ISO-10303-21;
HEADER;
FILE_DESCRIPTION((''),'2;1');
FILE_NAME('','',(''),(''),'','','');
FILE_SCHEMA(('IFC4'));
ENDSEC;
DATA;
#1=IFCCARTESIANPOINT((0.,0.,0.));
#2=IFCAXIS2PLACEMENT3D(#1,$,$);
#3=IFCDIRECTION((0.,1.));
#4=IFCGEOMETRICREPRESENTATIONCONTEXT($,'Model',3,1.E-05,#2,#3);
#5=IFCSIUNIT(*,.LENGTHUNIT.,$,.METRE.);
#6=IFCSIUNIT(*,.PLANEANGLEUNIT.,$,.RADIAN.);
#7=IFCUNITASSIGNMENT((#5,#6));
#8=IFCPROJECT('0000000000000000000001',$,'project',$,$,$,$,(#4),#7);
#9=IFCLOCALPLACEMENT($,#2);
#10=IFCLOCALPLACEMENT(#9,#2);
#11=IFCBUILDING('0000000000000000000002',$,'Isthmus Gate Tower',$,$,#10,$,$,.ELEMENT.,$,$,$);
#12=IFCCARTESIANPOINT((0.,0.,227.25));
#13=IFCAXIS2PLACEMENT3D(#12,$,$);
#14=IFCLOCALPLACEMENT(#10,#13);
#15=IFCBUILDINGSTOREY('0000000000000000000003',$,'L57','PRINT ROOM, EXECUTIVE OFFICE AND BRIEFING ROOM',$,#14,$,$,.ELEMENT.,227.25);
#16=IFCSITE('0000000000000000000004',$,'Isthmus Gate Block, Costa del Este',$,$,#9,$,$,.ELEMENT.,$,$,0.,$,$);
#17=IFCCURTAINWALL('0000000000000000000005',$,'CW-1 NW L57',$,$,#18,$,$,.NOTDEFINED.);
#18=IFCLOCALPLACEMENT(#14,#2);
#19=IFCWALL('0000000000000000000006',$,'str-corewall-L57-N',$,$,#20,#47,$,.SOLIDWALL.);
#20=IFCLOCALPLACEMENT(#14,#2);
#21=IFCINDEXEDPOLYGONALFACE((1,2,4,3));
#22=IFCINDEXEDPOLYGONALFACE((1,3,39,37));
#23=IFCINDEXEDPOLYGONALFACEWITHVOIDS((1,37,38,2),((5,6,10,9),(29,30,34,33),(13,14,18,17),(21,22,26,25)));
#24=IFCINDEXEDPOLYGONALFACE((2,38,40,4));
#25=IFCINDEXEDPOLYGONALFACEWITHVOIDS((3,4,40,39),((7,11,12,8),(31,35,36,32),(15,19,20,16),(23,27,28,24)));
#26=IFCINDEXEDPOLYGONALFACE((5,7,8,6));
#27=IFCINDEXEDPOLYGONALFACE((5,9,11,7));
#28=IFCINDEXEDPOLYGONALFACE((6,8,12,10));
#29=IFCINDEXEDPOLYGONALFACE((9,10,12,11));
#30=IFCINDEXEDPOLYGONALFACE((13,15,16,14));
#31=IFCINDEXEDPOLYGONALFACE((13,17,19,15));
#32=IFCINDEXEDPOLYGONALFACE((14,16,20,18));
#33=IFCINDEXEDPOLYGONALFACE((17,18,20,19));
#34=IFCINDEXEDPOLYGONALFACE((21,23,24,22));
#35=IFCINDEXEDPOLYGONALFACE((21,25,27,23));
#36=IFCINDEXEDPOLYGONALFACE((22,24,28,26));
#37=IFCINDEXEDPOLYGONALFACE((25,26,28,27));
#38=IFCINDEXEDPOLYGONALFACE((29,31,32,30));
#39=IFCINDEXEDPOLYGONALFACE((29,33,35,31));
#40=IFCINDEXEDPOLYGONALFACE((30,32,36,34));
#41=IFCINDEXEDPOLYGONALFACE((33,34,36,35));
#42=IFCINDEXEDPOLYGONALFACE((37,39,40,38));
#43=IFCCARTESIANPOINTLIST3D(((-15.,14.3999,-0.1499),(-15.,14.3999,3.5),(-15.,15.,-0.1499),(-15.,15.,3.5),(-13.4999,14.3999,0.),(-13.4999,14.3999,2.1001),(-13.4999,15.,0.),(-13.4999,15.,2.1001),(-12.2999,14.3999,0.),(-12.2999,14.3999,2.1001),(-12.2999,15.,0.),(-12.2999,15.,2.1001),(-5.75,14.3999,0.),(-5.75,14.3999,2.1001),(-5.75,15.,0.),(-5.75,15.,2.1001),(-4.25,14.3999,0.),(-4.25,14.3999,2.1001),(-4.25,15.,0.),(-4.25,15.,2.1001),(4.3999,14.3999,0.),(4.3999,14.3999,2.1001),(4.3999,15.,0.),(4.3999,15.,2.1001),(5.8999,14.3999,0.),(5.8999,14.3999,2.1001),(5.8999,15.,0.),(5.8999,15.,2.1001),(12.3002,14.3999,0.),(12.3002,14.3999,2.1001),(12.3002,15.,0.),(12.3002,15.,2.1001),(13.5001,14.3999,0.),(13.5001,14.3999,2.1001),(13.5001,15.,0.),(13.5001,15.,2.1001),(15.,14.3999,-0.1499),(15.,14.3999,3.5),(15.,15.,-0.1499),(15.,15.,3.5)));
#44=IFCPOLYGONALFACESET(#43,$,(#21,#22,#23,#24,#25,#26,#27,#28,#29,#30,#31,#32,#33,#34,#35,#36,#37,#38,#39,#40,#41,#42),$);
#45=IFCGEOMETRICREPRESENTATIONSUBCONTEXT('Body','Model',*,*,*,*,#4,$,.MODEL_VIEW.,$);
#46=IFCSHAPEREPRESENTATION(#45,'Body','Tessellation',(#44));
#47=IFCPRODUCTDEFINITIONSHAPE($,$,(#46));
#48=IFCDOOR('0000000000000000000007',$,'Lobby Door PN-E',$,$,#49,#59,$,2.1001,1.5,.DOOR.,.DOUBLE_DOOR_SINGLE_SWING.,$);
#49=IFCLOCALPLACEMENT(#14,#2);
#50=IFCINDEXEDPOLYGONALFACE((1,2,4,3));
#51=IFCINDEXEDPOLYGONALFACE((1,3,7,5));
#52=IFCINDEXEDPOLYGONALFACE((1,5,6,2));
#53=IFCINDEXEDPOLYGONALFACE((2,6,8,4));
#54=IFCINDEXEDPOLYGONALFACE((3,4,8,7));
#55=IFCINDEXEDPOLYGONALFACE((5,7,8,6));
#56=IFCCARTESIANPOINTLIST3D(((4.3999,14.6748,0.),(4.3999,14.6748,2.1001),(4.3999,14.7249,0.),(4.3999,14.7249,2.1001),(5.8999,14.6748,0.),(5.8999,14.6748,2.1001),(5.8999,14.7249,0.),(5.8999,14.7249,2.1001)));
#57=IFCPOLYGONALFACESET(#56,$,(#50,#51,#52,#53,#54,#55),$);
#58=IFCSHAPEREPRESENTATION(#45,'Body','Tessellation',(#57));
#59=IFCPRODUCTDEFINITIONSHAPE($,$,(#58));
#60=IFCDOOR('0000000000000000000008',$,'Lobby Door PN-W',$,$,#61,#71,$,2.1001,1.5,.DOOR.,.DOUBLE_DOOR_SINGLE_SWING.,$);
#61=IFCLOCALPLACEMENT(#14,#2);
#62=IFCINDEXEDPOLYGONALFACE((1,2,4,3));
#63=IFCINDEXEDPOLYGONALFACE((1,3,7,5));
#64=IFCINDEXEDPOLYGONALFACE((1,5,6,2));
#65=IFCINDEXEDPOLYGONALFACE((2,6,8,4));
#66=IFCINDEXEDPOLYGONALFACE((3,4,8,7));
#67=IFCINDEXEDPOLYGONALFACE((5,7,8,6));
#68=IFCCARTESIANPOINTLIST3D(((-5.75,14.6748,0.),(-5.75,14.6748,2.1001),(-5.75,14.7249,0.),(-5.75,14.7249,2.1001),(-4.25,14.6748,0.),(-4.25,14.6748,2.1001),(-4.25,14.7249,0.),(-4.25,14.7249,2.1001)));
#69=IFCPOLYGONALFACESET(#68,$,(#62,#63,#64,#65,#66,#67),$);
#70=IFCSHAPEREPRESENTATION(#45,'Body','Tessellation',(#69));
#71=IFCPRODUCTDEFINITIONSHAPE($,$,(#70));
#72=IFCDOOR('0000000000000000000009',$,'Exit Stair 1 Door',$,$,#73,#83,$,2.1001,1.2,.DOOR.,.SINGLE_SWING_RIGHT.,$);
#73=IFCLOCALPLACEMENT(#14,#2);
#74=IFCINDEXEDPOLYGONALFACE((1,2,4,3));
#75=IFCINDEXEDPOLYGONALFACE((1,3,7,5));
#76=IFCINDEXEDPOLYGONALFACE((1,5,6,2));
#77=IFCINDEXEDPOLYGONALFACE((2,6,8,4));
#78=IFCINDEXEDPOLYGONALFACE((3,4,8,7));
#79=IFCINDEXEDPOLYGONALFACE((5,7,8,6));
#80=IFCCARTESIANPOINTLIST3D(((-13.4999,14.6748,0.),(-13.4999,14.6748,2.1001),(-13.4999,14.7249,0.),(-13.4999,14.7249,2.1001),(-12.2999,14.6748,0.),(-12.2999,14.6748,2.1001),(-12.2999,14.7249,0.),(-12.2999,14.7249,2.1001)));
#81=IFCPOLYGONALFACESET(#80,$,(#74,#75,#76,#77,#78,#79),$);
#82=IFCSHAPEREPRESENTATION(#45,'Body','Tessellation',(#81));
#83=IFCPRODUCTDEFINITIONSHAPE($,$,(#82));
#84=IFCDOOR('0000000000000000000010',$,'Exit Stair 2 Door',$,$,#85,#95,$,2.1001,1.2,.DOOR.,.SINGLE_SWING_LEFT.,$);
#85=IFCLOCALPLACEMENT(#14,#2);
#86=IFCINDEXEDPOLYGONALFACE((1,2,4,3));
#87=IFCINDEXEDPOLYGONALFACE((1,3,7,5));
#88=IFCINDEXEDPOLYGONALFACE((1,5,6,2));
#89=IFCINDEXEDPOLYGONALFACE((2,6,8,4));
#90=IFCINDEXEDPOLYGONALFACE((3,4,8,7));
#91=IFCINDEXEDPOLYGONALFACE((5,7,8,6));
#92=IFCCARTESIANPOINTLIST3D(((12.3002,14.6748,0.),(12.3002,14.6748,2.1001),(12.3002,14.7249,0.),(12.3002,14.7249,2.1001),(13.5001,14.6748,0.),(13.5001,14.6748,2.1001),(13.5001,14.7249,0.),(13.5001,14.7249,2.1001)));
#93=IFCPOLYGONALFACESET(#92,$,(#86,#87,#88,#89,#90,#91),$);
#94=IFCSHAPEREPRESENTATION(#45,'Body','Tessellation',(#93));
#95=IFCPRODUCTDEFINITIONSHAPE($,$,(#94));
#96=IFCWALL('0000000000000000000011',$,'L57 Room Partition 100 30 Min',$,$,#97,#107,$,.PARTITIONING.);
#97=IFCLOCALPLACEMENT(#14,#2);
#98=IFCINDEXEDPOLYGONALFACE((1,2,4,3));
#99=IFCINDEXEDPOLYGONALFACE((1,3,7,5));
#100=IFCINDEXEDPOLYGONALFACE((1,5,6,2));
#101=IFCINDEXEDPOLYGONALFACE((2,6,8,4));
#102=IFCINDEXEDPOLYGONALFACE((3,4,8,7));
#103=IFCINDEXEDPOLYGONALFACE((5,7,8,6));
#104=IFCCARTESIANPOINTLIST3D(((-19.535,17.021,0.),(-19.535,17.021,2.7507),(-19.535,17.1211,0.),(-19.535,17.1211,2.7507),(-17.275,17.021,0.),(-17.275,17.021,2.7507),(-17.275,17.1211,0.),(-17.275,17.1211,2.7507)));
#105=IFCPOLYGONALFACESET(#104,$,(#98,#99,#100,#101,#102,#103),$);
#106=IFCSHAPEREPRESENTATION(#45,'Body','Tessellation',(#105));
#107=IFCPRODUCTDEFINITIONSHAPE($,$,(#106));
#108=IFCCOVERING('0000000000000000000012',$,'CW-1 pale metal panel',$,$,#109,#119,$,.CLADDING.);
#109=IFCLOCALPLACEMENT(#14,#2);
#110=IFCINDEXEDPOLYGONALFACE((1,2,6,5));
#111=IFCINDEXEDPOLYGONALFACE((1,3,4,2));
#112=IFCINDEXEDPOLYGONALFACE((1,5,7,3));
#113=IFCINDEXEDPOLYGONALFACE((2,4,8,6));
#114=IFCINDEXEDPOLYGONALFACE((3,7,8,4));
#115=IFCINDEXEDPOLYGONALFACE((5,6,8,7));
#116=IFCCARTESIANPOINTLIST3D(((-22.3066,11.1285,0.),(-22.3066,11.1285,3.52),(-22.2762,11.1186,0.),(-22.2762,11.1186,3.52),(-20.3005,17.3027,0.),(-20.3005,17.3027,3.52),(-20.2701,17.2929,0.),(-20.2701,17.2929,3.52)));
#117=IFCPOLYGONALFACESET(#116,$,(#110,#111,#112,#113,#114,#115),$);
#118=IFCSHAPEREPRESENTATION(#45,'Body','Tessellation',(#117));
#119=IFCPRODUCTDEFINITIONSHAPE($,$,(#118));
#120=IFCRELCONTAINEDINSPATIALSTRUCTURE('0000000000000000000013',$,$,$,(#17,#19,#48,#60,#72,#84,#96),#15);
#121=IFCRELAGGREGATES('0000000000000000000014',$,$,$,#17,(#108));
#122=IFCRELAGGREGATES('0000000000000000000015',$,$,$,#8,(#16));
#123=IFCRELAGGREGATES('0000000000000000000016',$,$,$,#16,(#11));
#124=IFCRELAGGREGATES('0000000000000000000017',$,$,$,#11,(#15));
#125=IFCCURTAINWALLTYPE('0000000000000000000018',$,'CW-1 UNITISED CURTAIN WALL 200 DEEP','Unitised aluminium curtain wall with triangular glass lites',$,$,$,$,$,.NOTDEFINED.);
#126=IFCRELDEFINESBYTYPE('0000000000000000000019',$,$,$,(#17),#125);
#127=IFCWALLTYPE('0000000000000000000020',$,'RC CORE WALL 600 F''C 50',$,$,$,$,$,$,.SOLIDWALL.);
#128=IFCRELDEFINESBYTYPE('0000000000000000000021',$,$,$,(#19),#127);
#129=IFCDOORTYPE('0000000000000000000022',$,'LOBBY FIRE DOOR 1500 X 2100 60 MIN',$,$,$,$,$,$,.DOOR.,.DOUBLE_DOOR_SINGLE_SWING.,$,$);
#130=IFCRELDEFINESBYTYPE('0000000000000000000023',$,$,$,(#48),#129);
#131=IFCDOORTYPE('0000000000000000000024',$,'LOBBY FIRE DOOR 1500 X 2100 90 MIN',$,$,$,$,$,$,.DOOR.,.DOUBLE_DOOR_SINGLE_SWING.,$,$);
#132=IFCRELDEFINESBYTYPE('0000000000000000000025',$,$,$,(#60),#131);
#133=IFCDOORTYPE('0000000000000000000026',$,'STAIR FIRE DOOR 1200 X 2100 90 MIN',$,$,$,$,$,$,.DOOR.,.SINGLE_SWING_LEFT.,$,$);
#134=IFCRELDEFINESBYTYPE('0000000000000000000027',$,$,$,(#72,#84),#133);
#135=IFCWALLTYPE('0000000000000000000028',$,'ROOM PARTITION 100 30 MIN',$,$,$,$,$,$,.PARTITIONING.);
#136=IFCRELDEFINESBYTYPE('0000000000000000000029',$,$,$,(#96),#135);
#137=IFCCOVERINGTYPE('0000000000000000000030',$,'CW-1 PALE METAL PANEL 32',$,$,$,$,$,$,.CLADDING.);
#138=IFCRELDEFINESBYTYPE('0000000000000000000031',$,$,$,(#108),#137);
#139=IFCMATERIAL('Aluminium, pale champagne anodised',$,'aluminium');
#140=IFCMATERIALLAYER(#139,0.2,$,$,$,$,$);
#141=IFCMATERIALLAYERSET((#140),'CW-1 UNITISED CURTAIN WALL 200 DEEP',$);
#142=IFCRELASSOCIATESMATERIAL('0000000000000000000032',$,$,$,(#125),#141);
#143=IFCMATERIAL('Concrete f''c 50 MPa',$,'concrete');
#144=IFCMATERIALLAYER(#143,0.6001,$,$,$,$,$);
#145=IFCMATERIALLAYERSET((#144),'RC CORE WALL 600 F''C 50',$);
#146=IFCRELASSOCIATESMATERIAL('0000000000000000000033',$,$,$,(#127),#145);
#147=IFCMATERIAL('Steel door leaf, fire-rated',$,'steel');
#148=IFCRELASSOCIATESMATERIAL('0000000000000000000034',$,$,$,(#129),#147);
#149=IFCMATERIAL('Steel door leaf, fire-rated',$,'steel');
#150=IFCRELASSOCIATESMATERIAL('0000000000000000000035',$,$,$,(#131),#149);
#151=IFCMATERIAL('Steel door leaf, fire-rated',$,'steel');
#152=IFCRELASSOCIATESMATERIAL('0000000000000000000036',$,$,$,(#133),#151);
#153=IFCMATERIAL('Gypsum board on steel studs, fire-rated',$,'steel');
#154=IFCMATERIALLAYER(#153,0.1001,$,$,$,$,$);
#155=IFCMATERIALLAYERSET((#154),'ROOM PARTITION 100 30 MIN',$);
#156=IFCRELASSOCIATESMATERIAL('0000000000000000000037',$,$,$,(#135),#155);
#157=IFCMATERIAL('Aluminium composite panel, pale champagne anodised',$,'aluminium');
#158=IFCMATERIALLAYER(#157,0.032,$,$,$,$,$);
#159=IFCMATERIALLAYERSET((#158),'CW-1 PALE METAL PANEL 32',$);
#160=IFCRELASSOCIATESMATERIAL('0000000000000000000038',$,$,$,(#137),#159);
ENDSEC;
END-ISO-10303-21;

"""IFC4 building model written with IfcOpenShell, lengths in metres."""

from ifc_helpers import new_model, si_unit, direction, frame, frame_2d, origin, origin_2d, place, context, subcontext, project, spatial, rectangle, extrude, material, layer, layer_set, type_object, element, fill, aggregate, save


model = new_model("IFC4")

# Units and contexts
model_context = context("Model", 3, precision=1e-05, world=origin(), true_north=direction((0.0, 1.0)))
body_context = subcontext(model_context, "Body", "Model", "MODEL_VIEW")
ifc_project = project(units=[si_unit("LENGTHUNIT", "METRE"), si_unit("PLANEANGLEUNIT", "RADIAN")], contexts=[model_context])

# Site, building, storey
site_placement = place(None, origin())
site = spatial("IfcSite", under=ifc_project, at=site_placement, Name="Isthmus Gate Block, Costa del Este", CompositionType="ELEMENT", RefElevation=0.0)
building_placement = place(site_placement, origin())
building = spatial("IfcBuilding", under=site, at=building_placement, Name="Isthmus Gate Tower", CompositionType="ELEMENT")
storey_placement = place(building_placement, frame((0.0, 0.0, 227.25)))
storey = spatial("IfcBuildingStorey", under=building, at=storey_placement, Name="L57", Description="PRINT ROOM, EXECUTIVE OFFICE AND BRIEFING ROOM", CompositionType="ELEMENT", Elevation=227.25)

# Curtain wall
ifc_material_1 = material(Name="Aluminium, pale champagne anodised", Category="aluminium")
ifc_layer_1 = layer(ifc_material_1, 0.2)
ifc_layer_set_1 = layer_set([ifc_layer_1], Name="CW-1 UNITISED CURTAIN WALL 200 DEEP")
curtain_wall_type = type_object("IfcCurtainWallType", Name="CW-1 UNITISED CURTAIN WALL 200 DEEP", Description="Unitised aluminium curtain wall with triangular glass lites", PredefinedType="NOTDEFINED", material=ifc_layer_set_1)
curtain_wall_1_placement = place(storey_placement, origin())
curtain_wall_1 = element("IfcCurtainWall", 1, at=curtain_wall_1_placement, inside=storey, type_object=curtain_wall_type, Name="CW-1 NW L57", PredefinedType="NOTDEFINED")

# Wall, openings, doors
ifc_material_2 = material(Name="Concrete f'c 50 MPa", Category="concrete")
ifc_layer_2 = layer(ifc_material_2, 0.6001)
ifc_layer_set_2 = layer_set([ifc_layer_2], Name="RC CORE WALL 600 F'C 50")
wall_type_1 = type_object("IfcWallType", Name="RC CORE WALL 600 F'C 50", PredefinedType="SOLIDWALL", material=ifc_layer_set_2)
wall_1_placement = place(storey_placement, frame((-15.0, 14.7, -0.1499), z_axis=(0.0, 0.0, 1.0), x_axis=(1.0, 0.0, 0.0)))
wall_1 = element("IfcWall", 2, at=wall_1_placement, inside=storey, type_object=wall_type_1, Name="str-corewall-L57-N", PredefinedType="SOLIDWALL", context=body_context, shape_type="SweptSolid", body=[
    extrude(rectangle(XDim=30.0, YDim=0.6001, at=frame_2d((15.0, 0.0))), origin(), (0.0, 0.0, 1.0), 3.6499),
])
opening_1_placement = place(wall_1_placement, frame((9.25, 0.0, 0.1499)))
opening_1 = element("IfcOpeningElement", 3, at=opening_1_placement, cuts=wall_1, PredefinedType="OPENING", context=body_context, shape_type="SweptSolid", body=[
    extrude(rectangle(XDim=1.5, YDim=2.1001, at=frame_2d((0.75, 1.05))), frame((0.0, 0.3101, 0.0), z_axis=(0.0, -1.0, 0.0), x_axis=(1.0, 0.0, 0.0)), (0.0, 0.0, 1.0), 0.6201),
])
opening_2_placement = place(wall_1_placement, frame((19.3999, 0.0, 0.1499)))
opening_2 = element("IfcOpeningElement", 4, at=opening_2_placement, cuts=wall_1, PredefinedType="OPENING", context=body_context, shape_type="SweptSolid", body=[
    extrude(rectangle(XDim=1.5, YDim=2.1001, at=frame_2d((0.75, 1.05))), frame((0.0, 0.3101, 0.0), z_axis=(0.0, -1.0, 0.0), x_axis=(1.0, 0.0, 0.0)), (0.0, 0.0, 1.0), 0.6201),
])
opening_3_placement = place(wall_1_placement, frame((1.5, 0.0, 0.1499)))
opening_3 = element("IfcOpeningElement", 5, at=opening_3_placement, cuts=wall_1, PredefinedType="OPENING", context=body_context, shape_type="SweptSolid", body=[
    extrude(rectangle(XDim=1.2, YDim=2.1001, at=frame_2d((0.6001, 1.05))), frame((0.0, 0.3101, 0.0), z_axis=(0.0, -1.0, 0.0), x_axis=(1.0, 0.0, 0.0)), (0.0, 0.0, 1.0), 0.6201),
])
opening_4_placement = place(wall_1_placement, frame((27.3, 0.0, 0.1499)))
opening_4 = element("IfcOpeningElement", 6, at=opening_4_placement, cuts=wall_1, PredefinedType="OPENING", context=body_context, shape_type="SweptSolid", body=[
    extrude(rectangle(XDim=1.2, YDim=2.1001, at=frame_2d((0.6001, 1.05))), frame((0.0, 0.3101, 0.0), z_axis=(0.0, -1.0, 0.0), x_axis=(1.0, 0.0, 0.0)), (0.0, 0.0, 1.0), 0.6201),
])
ifc_material_3 = material(Name="Steel door leaf, fire-rated", Category="steel")
door_type_1 = type_object("IfcDoorType", Name="LOBBY FIRE DOOR 1500 X 2100 60 MIN", OperationType="DOUBLE_DOOR_SINGLE_SWING", PredefinedType="DOOR", material=ifc_material_3)
door_1_placement = place(opening_2_placement, origin())
door_1 = element("IfcDoor", 7, at=door_1_placement, inside=storey, type_object=door_type_1, Name="Lobby Door PN-E", OperationType="DOUBLE_DOOR_SINGLE_SWING", OverallHeight=2.1001, OverallWidth=1.5, PredefinedType="DOOR", context=body_context, shape_type="SweptSolid", body=[
    extrude(rectangle(XDim=1.5, YDim=2.1001, at=frame_2d((0.75, 1.05))), frame((0.0, 0.0249, 0.0), z_axis=(0.0, -1.0, 0.0), x_axis=(1.0, 0.0, 0.0)), (0.0, 0.0, 1.0), 0.05),
])
fill(opening_2, door_1)
ifc_material_4 = material(Name="Steel door leaf, fire-rated", Category="steel")
door_type_2 = type_object("IfcDoorType", Name="LOBBY FIRE DOOR 1500 X 2100 90 MIN", OperationType="DOUBLE_DOOR_SINGLE_SWING", PredefinedType="DOOR", material=ifc_material_4)
door_2_placement = place(opening_1_placement, origin())
door_2 = element("IfcDoor", 8, at=door_2_placement, inside=storey, type_object=door_type_2, Name="Lobby Door PN-W", OperationType="DOUBLE_DOOR_SINGLE_SWING", OverallHeight=2.1001, OverallWidth=1.5, PredefinedType="DOOR", context=body_context, shape_type="SweptSolid", body=[
    extrude(rectangle(XDim=1.5, YDim=2.1001, at=frame_2d((0.75, 1.05))), frame((0.0, 0.0249, 0.0), z_axis=(0.0, -1.0, 0.0), x_axis=(1.0, 0.0, 0.0)), (0.0, 0.0, 1.0), 0.05),
])
fill(opening_1, door_2)
ifc_material_5 = material(Name="Steel door leaf, fire-rated", Category="steel")
door_type_3 = type_object("IfcDoorType", Name="STAIR FIRE DOOR 1200 X 2100 90 MIN", OperationType="SINGLE_SWING_LEFT", PredefinedType="DOOR", material=ifc_material_5)
door_3_placement = place(opening_3_placement, origin())
door_3 = element("IfcDoor", 9, at=door_3_placement, inside=storey, type_object=door_type_3, Name="Exit Stair 1 Door", OperationType="SINGLE_SWING_RIGHT", OverallHeight=2.1001, OverallWidth=1.2, PredefinedType="DOOR", context=body_context, shape_type="SweptSolid", body=[
    extrude(rectangle(XDim=1.2, YDim=2.1001, at=frame_2d((0.6001, 1.05))), frame((0.0, 0.0249, 0.0), z_axis=(0.0, -1.0, 0.0), x_axis=(1.0, 0.0, 0.0)), (0.0, 0.0, 1.0), 0.05),
])
fill(opening_3, door_3)
door_4_placement = place(opening_4_placement, origin())
door_4 = element("IfcDoor", 10, at=door_4_placement, inside=storey, type_object=door_type_3, Name="Exit Stair 2 Door", OperationType="SINGLE_SWING_LEFT", OverallHeight=2.1001, OverallWidth=1.2, PredefinedType="DOOR", context=body_context, shape_type="SweptSolid", body=[
    extrude(rectangle(XDim=1.2, YDim=2.1001, at=frame_2d((0.6001, 1.05))), frame((0.0, 0.0249, 0.0), z_axis=(0.0, -1.0, 0.0), x_axis=(1.0, 0.0, 0.0)), (0.0, 0.0, 1.0), 0.05),
])
fill(opening_4, door_4)

# Wall
ifc_material_6 = material(Name="Gypsum board on steel studs, fire-rated", Category="steel")
ifc_layer_3 = layer(ifc_material_6, 0.1001)
ifc_layer_set_3 = layer_set([ifc_layer_3], Name="ROOM PARTITION 100 30 MIN")
wall_type_2 = type_object("IfcWallType", Name="ROOM PARTITION 100 30 MIN", PredefinedType="PARTITIONING", material=ifc_layer_set_3)
wall_2_placement = place(storey_placement, frame((-19.5349, 17.071, 0.0), z_axis=(0.0, 0.0, 1.0), x_axis=(1.0, 0.0, 0.0)))
element("IfcWall", 11, at=wall_2_placement, inside=storey, type_object=wall_type_2, Name="L57 Room Partition 100 30 Min", PredefinedType="PARTITIONING", context=body_context, shape_type="SweptSolid", body=[
    extrude(rectangle(XDim=2.26, YDim=0.1001, at=frame_2d((1.1299, 0.0))), origin(), (0.0, 0.0, 1.0), 2.7507),
])

# Covering
ifc_material_7 = material(Name="Aluminium composite panel, pale champagne anodised", Category="aluminium")
ifc_layer_4 = layer(ifc_material_7, 0.032)
ifc_layer_set_4 = layer_set([ifc_layer_4], Name="CW-1 PALE METAL PANEL 32")
covering_type = type_object("IfcCoveringType", Name="CW-1 PALE METAL PANEL 32", PredefinedType="CLADDING", material=ifc_layer_set_4)
covering_placement = place(storey_placement, frame((-21.2883, 14.2107, 0.0), z_axis=(0.0, 0.0, 1.0), x_axis=(-0.309017, -0.951057, 0.0)))
covering = element("IfcCovering", 12, at=covering_placement, type_object=covering_type, Name="CW-1 pale metal panel", PredefinedType="CLADDING", context=body_context, shape_type="SweptSolid", body=[
    extrude(rectangle(XDim=6.4919, YDim=0.032, at=origin_2d()), origin(), (0.0, 0.0, 1.0), 3.52),
])
aggregate(curtain_wall_1, [covering])

save(model, "model.ifc")
